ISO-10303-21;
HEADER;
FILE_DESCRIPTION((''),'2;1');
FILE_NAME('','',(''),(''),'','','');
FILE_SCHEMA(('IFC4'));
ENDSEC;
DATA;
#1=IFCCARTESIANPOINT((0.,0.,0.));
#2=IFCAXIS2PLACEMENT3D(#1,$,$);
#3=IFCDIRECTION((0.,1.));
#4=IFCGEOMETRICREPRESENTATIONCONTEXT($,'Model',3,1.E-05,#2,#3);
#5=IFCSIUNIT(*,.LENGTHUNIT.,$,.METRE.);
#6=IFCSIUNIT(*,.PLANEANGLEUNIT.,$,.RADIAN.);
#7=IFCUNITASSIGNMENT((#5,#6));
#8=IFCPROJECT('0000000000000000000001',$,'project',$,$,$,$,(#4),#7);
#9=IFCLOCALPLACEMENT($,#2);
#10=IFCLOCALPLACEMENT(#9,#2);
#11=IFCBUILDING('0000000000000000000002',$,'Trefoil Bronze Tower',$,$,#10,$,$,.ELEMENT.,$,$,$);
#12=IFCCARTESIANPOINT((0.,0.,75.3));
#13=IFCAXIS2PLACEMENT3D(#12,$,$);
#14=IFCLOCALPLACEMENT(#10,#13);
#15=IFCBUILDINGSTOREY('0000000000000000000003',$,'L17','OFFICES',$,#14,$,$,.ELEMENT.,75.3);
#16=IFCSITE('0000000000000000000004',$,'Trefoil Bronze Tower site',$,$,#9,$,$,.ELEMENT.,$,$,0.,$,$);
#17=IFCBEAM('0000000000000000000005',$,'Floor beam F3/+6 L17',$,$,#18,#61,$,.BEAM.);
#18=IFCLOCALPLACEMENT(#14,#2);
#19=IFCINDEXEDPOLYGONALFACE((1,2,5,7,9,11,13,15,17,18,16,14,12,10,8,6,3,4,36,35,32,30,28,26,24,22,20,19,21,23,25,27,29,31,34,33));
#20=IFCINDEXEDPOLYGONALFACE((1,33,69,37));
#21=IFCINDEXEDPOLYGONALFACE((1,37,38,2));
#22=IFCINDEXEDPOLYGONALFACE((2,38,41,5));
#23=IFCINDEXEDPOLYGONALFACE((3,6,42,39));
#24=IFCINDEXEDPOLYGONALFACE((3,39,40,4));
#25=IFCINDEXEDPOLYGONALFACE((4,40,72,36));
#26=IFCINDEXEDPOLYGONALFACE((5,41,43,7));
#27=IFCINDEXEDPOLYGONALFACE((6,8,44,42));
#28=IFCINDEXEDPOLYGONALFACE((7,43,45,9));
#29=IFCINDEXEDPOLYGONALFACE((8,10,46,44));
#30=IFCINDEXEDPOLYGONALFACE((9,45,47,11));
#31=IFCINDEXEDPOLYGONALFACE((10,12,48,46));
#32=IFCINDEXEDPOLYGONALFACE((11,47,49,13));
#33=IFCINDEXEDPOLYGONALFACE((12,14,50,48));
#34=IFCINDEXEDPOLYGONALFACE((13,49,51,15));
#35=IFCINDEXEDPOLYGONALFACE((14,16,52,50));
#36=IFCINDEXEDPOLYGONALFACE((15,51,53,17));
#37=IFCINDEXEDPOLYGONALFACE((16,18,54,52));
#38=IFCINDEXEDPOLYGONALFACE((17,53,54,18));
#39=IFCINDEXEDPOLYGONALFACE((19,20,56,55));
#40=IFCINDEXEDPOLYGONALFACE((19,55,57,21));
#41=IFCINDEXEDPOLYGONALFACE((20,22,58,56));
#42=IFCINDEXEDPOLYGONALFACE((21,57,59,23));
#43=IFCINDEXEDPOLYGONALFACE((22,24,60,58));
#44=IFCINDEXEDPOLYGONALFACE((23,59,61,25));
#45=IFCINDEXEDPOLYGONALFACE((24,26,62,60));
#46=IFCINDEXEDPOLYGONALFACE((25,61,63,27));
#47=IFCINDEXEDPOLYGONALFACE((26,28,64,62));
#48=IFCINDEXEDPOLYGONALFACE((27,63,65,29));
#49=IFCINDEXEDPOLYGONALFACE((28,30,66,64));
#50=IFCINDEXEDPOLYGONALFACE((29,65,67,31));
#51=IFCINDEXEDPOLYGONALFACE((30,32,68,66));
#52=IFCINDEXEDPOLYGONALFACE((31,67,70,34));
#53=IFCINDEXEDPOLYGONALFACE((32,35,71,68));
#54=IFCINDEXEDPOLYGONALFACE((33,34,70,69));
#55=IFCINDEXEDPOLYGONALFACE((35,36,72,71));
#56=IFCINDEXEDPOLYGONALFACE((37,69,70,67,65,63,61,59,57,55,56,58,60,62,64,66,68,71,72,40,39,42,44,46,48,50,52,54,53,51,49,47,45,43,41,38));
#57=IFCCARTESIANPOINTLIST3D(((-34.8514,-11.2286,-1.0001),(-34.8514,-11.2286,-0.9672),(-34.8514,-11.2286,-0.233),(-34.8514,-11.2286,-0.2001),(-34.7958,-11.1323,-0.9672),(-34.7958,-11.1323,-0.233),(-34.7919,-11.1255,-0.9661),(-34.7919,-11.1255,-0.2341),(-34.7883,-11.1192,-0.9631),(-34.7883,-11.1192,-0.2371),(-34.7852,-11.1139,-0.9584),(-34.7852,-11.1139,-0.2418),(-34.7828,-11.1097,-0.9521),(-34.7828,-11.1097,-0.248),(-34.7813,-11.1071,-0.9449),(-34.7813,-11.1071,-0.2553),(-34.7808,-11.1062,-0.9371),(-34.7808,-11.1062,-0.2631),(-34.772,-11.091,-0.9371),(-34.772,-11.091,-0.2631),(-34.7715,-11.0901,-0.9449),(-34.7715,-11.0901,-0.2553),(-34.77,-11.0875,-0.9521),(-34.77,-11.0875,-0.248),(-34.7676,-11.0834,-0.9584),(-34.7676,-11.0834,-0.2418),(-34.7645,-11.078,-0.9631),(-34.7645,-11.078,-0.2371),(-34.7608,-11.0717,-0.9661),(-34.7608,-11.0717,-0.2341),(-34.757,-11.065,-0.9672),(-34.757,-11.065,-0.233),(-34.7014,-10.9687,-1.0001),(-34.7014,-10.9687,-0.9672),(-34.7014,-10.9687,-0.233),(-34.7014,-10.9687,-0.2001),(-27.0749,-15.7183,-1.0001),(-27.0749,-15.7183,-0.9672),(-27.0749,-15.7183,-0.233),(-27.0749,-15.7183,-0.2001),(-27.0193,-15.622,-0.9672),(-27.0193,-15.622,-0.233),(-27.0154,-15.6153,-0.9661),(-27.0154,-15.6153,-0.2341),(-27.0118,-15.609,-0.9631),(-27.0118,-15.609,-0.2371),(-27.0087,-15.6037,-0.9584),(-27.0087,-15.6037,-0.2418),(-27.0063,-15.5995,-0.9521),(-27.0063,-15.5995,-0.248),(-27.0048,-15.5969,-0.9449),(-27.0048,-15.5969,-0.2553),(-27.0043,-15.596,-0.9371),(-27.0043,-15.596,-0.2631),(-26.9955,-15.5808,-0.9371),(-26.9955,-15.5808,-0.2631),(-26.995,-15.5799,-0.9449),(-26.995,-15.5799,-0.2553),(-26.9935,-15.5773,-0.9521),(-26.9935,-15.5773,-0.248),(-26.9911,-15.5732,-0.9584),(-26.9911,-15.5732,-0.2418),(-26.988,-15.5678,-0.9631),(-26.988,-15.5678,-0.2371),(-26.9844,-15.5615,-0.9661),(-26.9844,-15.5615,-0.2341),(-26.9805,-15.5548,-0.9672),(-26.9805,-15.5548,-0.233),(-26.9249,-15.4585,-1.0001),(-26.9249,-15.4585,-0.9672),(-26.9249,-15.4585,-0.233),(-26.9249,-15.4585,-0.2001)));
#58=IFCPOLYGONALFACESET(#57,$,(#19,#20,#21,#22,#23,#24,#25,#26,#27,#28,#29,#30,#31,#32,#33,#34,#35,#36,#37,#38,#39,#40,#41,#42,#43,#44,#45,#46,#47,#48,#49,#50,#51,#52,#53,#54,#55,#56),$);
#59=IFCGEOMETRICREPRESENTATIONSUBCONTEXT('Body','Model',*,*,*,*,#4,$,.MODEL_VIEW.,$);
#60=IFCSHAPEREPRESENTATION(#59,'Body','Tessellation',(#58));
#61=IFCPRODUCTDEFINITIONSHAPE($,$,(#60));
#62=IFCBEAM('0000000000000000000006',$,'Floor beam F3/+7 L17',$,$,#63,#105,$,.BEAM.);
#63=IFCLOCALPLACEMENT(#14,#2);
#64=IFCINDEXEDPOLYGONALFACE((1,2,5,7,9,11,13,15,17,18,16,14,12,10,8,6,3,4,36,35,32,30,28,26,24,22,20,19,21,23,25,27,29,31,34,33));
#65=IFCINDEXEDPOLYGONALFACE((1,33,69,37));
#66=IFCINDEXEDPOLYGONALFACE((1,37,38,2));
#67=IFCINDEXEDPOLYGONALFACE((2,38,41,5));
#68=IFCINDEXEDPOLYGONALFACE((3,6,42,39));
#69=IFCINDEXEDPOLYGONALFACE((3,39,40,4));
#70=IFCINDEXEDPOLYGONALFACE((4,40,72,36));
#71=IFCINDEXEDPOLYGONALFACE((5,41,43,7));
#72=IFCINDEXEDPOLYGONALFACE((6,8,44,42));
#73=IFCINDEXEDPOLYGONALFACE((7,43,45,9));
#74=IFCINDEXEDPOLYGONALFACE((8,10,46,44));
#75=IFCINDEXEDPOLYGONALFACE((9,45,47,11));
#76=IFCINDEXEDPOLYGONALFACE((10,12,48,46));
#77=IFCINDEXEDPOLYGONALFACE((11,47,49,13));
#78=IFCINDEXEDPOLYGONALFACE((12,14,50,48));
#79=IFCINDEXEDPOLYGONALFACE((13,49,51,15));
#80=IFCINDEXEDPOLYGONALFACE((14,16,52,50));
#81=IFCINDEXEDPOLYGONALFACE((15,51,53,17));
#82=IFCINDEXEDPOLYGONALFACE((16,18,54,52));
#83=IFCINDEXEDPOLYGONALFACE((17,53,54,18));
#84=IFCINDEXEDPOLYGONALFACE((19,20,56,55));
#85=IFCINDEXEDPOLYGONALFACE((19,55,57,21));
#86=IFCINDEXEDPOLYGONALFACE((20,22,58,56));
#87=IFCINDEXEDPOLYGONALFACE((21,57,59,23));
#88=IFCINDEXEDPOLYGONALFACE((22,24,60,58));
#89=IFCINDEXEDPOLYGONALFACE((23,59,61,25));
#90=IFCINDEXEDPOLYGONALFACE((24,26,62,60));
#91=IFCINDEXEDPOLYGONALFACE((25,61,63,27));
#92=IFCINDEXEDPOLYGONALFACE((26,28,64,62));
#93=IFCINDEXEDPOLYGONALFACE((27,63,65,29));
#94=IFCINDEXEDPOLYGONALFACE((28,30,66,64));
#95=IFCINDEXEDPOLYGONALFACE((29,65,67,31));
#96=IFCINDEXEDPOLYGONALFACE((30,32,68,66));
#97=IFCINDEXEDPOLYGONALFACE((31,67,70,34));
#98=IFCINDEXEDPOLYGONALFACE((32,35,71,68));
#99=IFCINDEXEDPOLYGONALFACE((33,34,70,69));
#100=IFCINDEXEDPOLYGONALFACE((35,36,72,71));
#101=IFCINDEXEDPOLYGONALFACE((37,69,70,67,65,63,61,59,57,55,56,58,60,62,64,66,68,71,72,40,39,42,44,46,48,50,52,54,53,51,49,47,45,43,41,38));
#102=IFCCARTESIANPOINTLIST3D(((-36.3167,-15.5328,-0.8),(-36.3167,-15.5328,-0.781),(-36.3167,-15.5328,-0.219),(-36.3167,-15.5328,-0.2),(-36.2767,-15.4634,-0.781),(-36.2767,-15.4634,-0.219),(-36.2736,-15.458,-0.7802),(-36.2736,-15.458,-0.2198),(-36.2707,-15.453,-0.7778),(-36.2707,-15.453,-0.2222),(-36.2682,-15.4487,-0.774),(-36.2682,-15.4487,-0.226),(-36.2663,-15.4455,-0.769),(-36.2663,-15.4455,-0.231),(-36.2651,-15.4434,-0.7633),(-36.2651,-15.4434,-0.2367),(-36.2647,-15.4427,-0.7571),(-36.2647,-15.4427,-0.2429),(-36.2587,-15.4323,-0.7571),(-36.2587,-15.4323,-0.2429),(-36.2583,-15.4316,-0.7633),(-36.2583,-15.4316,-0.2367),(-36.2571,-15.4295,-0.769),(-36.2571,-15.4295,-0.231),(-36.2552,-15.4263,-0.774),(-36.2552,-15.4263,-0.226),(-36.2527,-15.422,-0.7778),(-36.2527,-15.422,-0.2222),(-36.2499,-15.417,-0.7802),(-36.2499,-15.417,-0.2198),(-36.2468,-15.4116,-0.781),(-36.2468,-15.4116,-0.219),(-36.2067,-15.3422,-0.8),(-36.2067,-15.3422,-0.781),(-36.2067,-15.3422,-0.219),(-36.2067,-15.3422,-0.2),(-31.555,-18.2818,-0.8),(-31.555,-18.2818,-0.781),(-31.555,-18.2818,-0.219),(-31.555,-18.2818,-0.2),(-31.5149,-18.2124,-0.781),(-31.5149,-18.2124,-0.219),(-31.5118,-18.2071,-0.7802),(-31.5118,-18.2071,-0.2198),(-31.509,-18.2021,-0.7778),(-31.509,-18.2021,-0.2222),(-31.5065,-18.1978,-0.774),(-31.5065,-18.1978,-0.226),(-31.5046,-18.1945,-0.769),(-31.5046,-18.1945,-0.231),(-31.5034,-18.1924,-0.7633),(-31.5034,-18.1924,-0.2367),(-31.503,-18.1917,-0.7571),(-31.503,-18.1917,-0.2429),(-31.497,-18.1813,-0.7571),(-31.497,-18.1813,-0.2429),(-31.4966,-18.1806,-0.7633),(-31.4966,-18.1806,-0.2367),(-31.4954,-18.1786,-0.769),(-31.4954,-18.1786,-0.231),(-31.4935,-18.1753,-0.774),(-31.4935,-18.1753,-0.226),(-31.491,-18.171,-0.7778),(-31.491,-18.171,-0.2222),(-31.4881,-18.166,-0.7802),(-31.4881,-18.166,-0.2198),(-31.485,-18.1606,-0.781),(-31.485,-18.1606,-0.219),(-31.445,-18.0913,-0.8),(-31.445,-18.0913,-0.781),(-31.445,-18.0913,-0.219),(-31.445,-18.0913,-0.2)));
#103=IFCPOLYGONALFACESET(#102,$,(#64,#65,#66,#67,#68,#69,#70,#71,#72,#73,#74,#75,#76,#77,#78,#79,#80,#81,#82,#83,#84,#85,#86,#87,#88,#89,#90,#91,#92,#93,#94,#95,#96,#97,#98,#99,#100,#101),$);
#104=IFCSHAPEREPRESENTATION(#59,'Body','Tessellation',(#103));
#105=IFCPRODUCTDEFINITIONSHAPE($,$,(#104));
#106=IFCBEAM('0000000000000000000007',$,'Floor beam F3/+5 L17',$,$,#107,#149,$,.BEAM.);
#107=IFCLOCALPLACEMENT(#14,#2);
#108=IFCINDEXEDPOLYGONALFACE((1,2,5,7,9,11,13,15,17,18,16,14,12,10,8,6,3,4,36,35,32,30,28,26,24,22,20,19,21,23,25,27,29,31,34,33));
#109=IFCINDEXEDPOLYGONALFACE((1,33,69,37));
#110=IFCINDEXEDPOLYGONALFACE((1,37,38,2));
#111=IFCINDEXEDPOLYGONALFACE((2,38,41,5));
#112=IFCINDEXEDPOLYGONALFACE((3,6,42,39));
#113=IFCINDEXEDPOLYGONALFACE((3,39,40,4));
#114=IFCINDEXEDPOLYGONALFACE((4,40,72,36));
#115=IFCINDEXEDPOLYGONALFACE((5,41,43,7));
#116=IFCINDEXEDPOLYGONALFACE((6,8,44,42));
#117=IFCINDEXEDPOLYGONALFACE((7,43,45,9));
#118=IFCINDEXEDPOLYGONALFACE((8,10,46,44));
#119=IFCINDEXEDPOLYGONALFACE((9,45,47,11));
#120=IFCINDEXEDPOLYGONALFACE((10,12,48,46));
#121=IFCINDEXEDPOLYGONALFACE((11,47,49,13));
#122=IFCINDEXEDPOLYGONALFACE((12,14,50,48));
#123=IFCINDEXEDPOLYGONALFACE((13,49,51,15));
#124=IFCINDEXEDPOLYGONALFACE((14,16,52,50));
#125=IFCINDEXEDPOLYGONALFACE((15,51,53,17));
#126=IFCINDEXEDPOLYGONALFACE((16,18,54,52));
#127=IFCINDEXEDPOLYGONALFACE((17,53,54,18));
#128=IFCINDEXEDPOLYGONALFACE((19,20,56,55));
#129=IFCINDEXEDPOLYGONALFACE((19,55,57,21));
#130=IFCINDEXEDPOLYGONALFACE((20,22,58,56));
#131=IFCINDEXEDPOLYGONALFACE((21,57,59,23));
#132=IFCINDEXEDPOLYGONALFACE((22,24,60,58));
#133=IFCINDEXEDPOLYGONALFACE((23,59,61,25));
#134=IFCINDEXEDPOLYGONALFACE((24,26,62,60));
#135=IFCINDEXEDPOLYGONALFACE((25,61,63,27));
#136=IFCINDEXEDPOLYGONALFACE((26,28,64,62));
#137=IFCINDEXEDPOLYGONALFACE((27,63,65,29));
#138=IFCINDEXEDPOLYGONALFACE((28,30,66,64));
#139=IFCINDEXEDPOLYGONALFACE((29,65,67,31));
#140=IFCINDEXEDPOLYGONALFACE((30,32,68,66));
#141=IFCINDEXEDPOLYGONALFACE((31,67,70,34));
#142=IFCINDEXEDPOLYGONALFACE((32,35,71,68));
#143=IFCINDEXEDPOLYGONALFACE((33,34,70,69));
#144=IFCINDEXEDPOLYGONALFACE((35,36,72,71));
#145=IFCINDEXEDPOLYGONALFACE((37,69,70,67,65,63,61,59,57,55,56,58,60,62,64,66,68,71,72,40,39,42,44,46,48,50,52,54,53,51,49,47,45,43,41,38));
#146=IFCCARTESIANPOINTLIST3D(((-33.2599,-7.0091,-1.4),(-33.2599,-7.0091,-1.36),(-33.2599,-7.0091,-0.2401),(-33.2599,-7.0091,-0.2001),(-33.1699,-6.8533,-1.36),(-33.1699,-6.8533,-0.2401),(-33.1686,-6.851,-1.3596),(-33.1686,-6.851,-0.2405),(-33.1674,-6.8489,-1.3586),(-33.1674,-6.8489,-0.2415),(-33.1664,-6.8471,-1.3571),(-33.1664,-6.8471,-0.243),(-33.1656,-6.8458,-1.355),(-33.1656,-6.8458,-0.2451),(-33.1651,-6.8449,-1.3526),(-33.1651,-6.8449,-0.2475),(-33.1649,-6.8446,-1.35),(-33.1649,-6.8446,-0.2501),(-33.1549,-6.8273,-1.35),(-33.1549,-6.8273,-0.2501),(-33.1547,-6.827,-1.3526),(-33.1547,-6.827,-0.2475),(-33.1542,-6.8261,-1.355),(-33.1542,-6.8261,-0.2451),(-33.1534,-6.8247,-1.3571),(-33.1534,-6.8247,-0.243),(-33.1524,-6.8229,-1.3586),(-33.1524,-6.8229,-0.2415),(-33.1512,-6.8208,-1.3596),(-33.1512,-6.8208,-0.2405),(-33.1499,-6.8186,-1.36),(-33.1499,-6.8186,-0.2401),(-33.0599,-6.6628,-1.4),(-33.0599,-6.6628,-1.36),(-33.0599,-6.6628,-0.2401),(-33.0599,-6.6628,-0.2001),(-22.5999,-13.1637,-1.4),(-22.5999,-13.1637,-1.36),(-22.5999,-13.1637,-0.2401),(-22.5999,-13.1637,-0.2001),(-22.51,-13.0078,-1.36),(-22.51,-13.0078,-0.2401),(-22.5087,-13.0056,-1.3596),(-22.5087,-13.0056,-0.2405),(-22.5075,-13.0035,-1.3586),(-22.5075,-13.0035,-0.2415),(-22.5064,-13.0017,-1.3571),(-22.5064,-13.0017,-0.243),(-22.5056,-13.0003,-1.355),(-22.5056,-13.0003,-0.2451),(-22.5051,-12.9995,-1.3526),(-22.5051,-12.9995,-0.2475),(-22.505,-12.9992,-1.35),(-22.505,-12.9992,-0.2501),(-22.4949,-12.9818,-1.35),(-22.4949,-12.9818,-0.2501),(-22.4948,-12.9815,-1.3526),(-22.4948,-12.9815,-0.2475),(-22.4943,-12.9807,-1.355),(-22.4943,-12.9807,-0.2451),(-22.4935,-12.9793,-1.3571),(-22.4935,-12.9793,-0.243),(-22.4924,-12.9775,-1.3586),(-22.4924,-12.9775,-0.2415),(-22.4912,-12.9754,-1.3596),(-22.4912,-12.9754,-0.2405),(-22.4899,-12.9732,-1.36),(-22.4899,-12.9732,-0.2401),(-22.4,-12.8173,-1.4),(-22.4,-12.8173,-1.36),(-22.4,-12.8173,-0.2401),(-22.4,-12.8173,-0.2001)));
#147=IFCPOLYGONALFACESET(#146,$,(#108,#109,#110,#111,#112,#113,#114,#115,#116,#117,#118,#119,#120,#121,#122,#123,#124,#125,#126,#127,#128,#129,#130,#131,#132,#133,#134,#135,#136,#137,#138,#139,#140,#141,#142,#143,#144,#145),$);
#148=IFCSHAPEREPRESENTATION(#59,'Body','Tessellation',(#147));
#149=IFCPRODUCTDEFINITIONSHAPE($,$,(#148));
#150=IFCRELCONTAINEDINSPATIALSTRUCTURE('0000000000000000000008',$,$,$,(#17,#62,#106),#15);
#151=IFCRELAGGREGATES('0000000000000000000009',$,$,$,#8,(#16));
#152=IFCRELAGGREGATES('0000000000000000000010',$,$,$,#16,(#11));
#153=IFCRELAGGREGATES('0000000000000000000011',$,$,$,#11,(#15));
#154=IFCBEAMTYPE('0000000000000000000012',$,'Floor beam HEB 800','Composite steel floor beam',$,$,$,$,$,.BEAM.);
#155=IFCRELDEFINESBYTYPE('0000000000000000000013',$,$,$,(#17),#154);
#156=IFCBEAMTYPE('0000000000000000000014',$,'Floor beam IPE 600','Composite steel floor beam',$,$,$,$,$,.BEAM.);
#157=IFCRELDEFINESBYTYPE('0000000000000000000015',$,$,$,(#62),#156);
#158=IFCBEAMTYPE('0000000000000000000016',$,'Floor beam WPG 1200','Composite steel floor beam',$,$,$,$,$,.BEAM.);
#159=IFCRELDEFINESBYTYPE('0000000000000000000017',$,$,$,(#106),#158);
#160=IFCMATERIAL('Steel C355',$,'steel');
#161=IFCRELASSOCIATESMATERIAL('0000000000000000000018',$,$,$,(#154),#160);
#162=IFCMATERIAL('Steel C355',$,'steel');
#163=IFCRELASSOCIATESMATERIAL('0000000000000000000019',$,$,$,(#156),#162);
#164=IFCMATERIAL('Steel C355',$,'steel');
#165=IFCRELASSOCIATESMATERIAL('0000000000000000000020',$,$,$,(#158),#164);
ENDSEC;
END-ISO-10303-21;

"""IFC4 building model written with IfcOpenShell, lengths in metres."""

from ifc_helpers import new_model, si_unit, direction, frame, origin, origin_2d, place, context, subcontext, project, spatial, i_section, extrude, material, material_profile, profile_set, type_object, element, save


model = new_model("IFC4")

# Units and contexts
model_context = context("Model", 3, precision=1e-05, world=origin(), true_north=direction((0.0, 1.0)))
body_context = subcontext(model_context, "Body", "Model", "MODEL_VIEW")
ifc_project = project(units=[si_unit("LENGTHUNIT", "METRE"), si_unit("PLANEANGLEUNIT", "RADIAN")], contexts=[model_context])

# Site, building, storey
site_placement = place(None, origin())
site = spatial("IfcSite", under=ifc_project, at=site_placement, Name="Trefoil Bronze Tower site", CompositionType="ELEMENT", RefElevation=0.0)
building_placement = place(site_placement, origin())
building = spatial("IfcBuilding", under=site, at=building_placement, Name="Trefoil Bronze Tower", CompositionType="ELEMENT")
storey_placement = place(building_placement, frame((0.0, 0.0, 75.3)))
storey = spatial("IfcBuildingStorey", under=building, at=storey_placement, Name="L17", Description="OFFICES", CompositionType="ELEMENT", Elevation=75.3)

# Beams
ifc_material_1 = material(Name="Steel C355", Category="steel")
ifc_material_profile_1 = material_profile(ifc_material_1, i_section(OverallWidth=0.3, OverallDepth=0.8, WebThickness=0.0176, FlangeThickness=0.033, FilletRadius=0.03, at=origin_2d()), Name="HEB 800")
ifc_profile_set_1 = profile_set([ifc_material_profile_1], Name="Steel C355")
beam_type_1 = type_object("IfcBeamType", Name="Floor beam HEB 800", Description="Composite steel floor beam", PredefinedType="BEAM", material=ifc_profile_set_1)
beam_1_placement = place(storey_placement, frame((-34.7764, -11.0986, -0.6001), z_axis=(0.866023, -0.500005, 0.0), x_axis=(0.500005, 0.866023, 0.0)))
element("IfcBeam", 1, at=beam_1_placement, inside=storey, type_object=beam_type_1, Name="Floor beam F3/+6 L17", PredefinedType="BEAM", context=body_context, shape_type="SweptSolid", body=[
    extrude(i_section(OverallWidth=0.3, OverallDepth=0.8, WebThickness=0.0176, FlangeThickness=0.033, FilletRadius=0.03, at=origin_2d()), origin(), (0.0, 0.0, 1.0), 8.9795),
])
ifc_material_2 = material(Name="Steel C355", Category="steel")
ifc_material_profile_2 = material_profile(ifc_material_2, i_section(OverallWidth=0.22, OverallDepth=0.6001, WebThickness=0.012, FlangeThickness=0.019, FilletRadius=0.0239, at=origin_2d()), Name="IPE 600")
ifc_profile_set_2 = profile_set([ifc_material_profile_2], Name="Steel C355")
beam_type_2 = type_object("IfcBeamType", Name="Floor beam IPE 600", Description="Composite steel floor beam", PredefinedType="BEAM", material=ifc_profile_set_2)
beam_2_placement = place(storey_placement, frame((-36.2617, -15.4375, -0.5), z_axis=(0.866038, -0.499979, 0.0), x_axis=(0.499979, 0.866038, 0.0)))
element("IfcBeam", 2, at=beam_2_placement, inside=storey, type_object=beam_type_2, Name="Floor beam F3/+7 L17", PredefinedType="BEAM", context=body_context, shape_type="SweptSolid", body=[
    extrude(i_section(OverallWidth=0.22, OverallDepth=0.6001, WebThickness=0.012, FlangeThickness=0.019, FilletRadius=0.0239, at=origin_2d()), origin(), (0.0, 0.0, 1.0), 5.4983),
])
ifc_material_3 = material(Name="Steel C355", Category="steel")
ifc_material_profile_3 = material_profile(ifc_material_3, i_section(OverallWidth=0.3999, OverallDepth=1.2, WebThickness=0.02, FlangeThickness=0.04, FilletRadius=0.01, at=origin_2d()), Name="WPG 1200")
ifc_profile_set_3 = profile_set([ifc_material_profile_3], Name="Steel C355")
beam_type_3 = type_object("IfcBeamType", Name="Floor beam WPG 1200", Description="Composite steel floor beam", PredefinedType="BEAM", material=ifc_profile_set_3)
beam_3_placement = place(storey_placement, frame((-33.1599, -6.8359, -0.8), z_axis=(0.866024, -0.500002, 0.0), x_axis=(0.500002, 0.866024, 0.0)))
element("IfcBeam", 3, at=beam_3_placement, inside=storey, type_object=beam_type_3, Name="Floor beam F3/+5 L17", PredefinedType="BEAM", context=body_context, shape_type="SweptSolid", body=[
    extrude(i_section(OverallWidth=0.3999, OverallDepth=1.2, WebThickness=0.02, FlangeThickness=0.04, FilletRadius=0.01, at=origin_2d()), origin(), (0.0, 0.0, 1.0), 12.3091),
])

save(model, "model.ifc")
